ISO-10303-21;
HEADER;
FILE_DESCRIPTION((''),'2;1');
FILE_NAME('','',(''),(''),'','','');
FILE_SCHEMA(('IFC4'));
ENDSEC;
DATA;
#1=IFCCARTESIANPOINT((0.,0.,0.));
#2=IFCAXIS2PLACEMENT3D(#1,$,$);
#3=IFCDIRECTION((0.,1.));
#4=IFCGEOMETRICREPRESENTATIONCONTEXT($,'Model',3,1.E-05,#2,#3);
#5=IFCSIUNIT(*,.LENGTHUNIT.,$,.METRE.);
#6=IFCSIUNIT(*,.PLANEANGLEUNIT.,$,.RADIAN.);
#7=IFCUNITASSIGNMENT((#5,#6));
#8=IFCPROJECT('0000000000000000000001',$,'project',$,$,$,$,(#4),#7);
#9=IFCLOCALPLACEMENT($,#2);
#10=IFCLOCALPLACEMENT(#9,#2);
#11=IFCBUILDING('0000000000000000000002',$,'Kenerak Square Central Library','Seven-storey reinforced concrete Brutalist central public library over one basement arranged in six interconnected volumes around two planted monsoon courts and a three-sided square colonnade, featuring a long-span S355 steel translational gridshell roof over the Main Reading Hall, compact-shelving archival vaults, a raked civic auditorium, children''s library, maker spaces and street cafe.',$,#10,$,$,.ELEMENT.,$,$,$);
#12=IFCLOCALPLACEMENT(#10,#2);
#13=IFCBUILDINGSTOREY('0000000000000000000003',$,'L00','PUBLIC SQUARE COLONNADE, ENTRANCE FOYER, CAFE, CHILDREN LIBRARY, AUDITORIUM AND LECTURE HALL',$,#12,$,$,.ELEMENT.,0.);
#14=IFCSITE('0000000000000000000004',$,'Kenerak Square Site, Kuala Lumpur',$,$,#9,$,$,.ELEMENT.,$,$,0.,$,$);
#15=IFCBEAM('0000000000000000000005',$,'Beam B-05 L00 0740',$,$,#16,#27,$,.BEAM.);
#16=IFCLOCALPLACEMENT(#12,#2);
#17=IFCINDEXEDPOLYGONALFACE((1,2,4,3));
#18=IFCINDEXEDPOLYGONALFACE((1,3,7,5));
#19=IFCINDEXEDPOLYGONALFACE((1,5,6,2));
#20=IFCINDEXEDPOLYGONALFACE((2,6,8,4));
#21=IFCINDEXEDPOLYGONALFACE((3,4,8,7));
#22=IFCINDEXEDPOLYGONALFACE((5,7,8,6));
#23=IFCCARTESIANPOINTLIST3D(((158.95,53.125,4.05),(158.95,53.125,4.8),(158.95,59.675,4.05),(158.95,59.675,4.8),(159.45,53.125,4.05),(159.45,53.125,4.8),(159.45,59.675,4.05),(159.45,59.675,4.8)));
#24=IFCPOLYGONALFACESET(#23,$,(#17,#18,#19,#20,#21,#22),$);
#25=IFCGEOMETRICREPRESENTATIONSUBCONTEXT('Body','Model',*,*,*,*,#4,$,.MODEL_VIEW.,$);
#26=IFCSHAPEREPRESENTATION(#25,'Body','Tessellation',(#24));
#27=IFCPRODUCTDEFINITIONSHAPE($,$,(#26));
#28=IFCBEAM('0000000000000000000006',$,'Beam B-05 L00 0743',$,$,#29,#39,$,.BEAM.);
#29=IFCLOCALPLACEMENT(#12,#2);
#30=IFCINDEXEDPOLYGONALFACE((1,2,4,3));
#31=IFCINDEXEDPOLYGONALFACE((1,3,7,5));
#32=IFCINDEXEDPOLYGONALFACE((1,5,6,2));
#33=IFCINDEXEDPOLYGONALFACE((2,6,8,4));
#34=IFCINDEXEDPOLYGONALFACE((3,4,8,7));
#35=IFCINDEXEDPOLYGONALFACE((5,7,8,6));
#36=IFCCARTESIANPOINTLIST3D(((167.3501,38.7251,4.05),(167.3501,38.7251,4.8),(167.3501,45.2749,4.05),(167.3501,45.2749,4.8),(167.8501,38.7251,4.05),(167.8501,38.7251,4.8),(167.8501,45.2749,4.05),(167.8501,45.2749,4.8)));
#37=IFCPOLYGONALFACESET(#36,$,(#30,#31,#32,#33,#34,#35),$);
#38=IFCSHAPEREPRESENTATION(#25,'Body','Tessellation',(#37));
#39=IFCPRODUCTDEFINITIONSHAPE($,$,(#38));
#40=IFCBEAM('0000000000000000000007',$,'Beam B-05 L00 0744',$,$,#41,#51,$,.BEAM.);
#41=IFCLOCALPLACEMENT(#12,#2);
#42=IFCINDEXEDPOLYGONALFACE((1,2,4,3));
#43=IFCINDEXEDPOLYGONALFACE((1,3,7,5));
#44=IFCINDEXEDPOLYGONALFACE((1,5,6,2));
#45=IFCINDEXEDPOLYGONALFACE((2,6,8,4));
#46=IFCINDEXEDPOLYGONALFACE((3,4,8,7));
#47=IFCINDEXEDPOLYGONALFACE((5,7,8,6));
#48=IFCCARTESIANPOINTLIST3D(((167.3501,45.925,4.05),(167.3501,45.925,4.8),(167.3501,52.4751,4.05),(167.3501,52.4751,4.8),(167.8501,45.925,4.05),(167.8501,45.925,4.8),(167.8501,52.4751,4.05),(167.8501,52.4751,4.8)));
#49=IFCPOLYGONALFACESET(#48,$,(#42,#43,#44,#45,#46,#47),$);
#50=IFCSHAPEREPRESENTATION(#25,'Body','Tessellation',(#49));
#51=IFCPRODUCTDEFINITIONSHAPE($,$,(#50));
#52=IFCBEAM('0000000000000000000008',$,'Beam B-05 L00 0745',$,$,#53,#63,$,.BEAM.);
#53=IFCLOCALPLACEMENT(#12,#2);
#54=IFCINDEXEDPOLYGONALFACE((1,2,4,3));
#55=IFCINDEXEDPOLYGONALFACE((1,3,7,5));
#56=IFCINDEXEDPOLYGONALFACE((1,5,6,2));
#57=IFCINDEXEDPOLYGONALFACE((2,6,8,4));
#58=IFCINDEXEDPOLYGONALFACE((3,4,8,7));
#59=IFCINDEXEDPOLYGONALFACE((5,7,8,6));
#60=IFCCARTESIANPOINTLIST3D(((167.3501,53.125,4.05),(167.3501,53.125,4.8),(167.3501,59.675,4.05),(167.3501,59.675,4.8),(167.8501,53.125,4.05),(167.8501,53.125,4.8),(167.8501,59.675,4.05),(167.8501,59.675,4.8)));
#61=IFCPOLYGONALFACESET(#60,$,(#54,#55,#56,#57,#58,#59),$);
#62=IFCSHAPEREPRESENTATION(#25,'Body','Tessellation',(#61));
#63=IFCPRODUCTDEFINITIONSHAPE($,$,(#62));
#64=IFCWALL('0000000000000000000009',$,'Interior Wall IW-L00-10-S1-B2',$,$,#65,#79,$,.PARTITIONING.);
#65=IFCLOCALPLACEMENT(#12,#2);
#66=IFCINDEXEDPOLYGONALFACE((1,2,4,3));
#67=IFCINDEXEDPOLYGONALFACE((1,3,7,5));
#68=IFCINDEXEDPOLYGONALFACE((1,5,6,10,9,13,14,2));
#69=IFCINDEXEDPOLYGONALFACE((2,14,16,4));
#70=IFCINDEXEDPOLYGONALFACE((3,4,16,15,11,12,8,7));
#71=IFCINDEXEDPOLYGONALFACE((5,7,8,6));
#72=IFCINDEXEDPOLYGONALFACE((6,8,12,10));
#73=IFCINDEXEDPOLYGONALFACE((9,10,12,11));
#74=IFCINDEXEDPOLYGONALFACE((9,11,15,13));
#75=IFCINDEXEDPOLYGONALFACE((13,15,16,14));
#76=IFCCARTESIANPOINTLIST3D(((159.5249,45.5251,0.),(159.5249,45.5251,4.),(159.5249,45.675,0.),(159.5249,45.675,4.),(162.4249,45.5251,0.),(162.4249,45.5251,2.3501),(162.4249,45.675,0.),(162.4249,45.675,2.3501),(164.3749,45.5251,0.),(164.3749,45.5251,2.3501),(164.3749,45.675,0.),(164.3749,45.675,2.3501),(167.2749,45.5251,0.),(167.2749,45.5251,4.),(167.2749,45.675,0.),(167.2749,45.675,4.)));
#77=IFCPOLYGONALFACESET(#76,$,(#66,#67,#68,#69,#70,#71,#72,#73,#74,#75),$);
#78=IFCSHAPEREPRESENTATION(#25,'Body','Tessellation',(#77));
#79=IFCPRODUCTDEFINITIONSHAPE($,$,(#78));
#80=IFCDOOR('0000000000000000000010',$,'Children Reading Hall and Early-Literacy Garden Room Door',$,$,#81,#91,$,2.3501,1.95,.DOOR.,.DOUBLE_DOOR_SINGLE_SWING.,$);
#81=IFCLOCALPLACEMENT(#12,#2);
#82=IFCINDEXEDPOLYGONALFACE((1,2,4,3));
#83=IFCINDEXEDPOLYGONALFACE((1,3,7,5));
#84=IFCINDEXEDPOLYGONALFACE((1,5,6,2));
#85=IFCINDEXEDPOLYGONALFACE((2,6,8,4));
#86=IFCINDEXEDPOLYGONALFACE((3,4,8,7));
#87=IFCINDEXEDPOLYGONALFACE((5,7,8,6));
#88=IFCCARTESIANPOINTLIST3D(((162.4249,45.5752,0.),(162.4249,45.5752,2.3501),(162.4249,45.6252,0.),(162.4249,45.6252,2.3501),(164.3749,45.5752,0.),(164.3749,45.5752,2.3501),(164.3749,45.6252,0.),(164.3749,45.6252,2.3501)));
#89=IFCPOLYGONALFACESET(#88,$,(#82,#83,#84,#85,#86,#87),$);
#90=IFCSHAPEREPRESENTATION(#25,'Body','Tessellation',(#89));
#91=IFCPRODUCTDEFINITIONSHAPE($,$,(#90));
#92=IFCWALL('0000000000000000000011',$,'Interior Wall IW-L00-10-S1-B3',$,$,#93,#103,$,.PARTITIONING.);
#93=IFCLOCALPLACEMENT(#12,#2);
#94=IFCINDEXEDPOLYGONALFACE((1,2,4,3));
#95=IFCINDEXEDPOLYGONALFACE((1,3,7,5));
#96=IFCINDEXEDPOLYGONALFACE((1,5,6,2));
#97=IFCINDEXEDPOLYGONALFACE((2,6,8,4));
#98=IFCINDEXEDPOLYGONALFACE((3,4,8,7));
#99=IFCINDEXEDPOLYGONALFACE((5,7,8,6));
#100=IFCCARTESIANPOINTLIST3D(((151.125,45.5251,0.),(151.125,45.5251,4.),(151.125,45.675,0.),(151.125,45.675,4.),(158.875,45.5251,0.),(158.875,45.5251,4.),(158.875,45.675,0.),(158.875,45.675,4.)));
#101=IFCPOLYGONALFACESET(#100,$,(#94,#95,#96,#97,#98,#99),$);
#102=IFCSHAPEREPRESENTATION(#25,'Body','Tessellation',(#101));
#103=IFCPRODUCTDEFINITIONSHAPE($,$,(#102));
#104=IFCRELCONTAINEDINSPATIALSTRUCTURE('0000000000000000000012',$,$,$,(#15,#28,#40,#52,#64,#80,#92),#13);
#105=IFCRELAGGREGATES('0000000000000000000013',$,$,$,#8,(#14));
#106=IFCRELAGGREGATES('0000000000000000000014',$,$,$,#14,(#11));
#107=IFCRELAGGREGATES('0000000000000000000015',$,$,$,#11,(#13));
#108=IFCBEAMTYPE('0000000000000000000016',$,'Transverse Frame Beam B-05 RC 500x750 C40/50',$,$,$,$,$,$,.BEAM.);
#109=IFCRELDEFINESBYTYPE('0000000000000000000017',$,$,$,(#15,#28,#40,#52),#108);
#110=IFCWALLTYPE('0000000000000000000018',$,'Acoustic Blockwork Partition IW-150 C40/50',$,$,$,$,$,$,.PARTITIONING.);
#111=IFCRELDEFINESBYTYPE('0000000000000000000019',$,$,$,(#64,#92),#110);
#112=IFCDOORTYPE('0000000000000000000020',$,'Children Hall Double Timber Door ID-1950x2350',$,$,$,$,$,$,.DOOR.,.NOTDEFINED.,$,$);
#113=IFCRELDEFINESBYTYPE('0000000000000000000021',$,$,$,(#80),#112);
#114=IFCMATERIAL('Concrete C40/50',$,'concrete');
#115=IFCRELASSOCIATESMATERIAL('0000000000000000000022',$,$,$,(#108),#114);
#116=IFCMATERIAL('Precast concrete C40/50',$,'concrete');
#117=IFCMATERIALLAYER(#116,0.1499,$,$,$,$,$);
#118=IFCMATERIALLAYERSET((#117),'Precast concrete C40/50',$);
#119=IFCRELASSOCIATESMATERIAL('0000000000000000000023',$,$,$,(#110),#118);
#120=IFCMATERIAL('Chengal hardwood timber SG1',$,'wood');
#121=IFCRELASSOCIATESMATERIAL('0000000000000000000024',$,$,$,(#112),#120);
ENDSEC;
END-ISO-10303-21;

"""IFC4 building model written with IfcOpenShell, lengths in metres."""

from ifc_helpers import new_model, si_unit, direction, frame, frame_2d, origin, origin_2d, place, context, subcontext, project, spatial, rectangle, extrude, material, layer, layer_set, material_profile, profile_set, type_object, element, fill, save


model = new_model("IFC4")

# Units and contexts
model_context = context("Model", 3, precision=1e-05, world=origin(), true_north=direction((0.0, 1.0)))
body_context = subcontext(model_context, "Body", "Model", "MODEL_VIEW")
ifc_project = project(units=[si_unit("LENGTHUNIT", "METRE"), si_unit("PLANEANGLEUNIT", "RADIAN")], contexts=[model_context])

# Site, building, storey
site_placement = place(None, origin())
site = spatial("IfcSite", under=ifc_project, at=site_placement, Name="Kenerak Square Site, Kuala Lumpur", CompositionType="ELEMENT", RefElevation=0.0)
building_placement = place(site_placement, origin())
building = spatial("IfcBuilding", under=site, at=building_placement, Name="Kenerak Square Central Library", Description="Seven-storey reinforced concrete Brutalist central public library over one basement arranged in six interconnected volumes around two planted monsoon courts and a three-sided square colonnade, featuring a long-span S355 steel translational gridshell roof over the Main Reading Hall, compact-shelving archival vaults, a raked civic auditorium, children's library, maker spaces and street cafe.", CompositionType="ELEMENT")
storey_placement = place(building_placement, origin())
storey = spatial("IfcBuildingStorey", under=building, at=storey_placement, Name="L00", Description="PUBLIC SQUARE COLONNADE, ENTRANCE FOYER, CAFE, CHILDREN LIBRARY, AUDITORIUM AND LECTURE HALL", CompositionType="ELEMENT", Elevation=0.0)

# Shared definitions
ifc_material_1 = material(Name="Concrete C40/50", Category="concrete")

# Beams
ifc_material_profile_1 = material_profile(ifc_material_1, rectangle(XDim=0.5, YDim=0.75, at=origin_2d()), Name="RC 500x750")
ifc_profile_set_1 = profile_set([ifc_material_profile_1], Name="Concrete C40/50")
beam_type_1 = type_object("IfcBeamType", Name="Transverse Frame Beam B-05 RC 500x750 C40/50", PredefinedType="BEAM", material=ifc_profile_set_1)
for number, where, z_axis, x_axis, name in (
    (1, (159.2, 53.125, 4.425), (0.0, 1.0, 0.0), (-1.0, 0.0, 0.0), "Beam B-05 L00 0740"),
):
    element("IfcBeam", number, at=place(storey_placement, frame(where, z_axis=z_axis, x_axis=x_axis)), inside=storey, type_object=beam_type_1, Name=name, PredefinedType="BEAM", context=body_context, shape_type="SweptSolid", body=[
        extrude(rectangle(XDim=0.5, YDim=0.75, at=origin_2d()), origin(), (0.0, 0.0, 1.0), 6.55),
    ])
beam_1_placement = place(storey_placement, frame((167.6001, 38.7251, 4.425), z_axis=(0.0, 1.0, 0.0), x_axis=(-1.0, 0.0, 0.0)))
element("IfcBeam", 2, at=beam_1_placement, inside=storey, type_object=beam_type_1, Name="Beam B-05 L00 0743", PredefinedType="BEAM", context=body_context, shape_type="SweptSolid", body=[
    extrude(rectangle(XDim=0.5, YDim=0.75, at=origin_2d()), origin(), (0.0, 0.0, 1.0), 6.5498),
])
for number, where, z_axis, x_axis, name in (
    (3, (167.6001, 45.925, 4.425), (0.0, 1.0, 0.0), (-1.0, 0.0, 0.0), "Beam B-05 L00 0744"),
    (4, (167.6001, 53.125, 4.425), (0.0, 1.0, 0.0), (-1.0, 0.0, 0.0), "Beam B-05 L00 0745"),
):
    element("IfcBeam", number, at=place(storey_placement, frame(where, z_axis=z_axis, x_axis=x_axis)), inside=storey, type_object=beam_type_1, Name=name, PredefinedType="BEAM", context=body_context, shape_type="SweptSolid", body=[
        extrude(rectangle(XDim=0.5, YDim=0.75, at=origin_2d()), origin(), (0.0, 0.0, 1.0), 6.55),
    ])

# Wall, opening, door
ifc_material_2 = material(Name="Precast concrete C40/50", Category="concrete")
ifc_layer = layer(ifc_material_2, 0.1499)
ifc_layer_set = layer_set([ifc_layer], Name="Precast concrete C40/50")
wall_type = type_object("IfcWallType", Name="Acoustic Blockwork Partition IW-150 C40/50", PredefinedType="PARTITIONING", material=ifc_layer_set)
wall_1_placement = place(storey_placement, frame((167.2749, 45.6001, 0.0), z_axis=(0.0, 0.0, 1.0), x_axis=(-1.0, 0.0, 0.0)))
wall_1 = element("IfcWall", 5, at=wall_1_placement, inside=storey, type_object=wall_type, Name="Interior Wall IW-L00-10-S1-B2", PredefinedType="PARTITIONING", context=body_context, shape_type="SweptSolid", body=[
    extrude(rectangle(XDim=7.75, YDim=0.1499, at=frame_2d((3.875, 0.0))), origin(), (0.0, 0.0, 1.0), 4.0),
])
opening_placement = place(wall_1_placement, frame((2.8999, 0.0, 0.0)))
opening = element("IfcOpeningElement", 6, at=opening_placement, cuts=wall_1, PredefinedType="OPENING", context=body_context, shape_type="SweptSolid", body=[
    extrude(rectangle(XDim=1.95, YDim=2.3501, at=frame_2d((0.9751, 1.175))), frame((0.0, 0.085, 0.0), z_axis=(0.0, -1.0, 0.0), x_axis=(1.0, 0.0, 0.0)), (0.0, 0.0, 1.0), 0.1699),
])
ifc_material_3 = material(Name="Chengal hardwood timber SG1", Category="wood")
door_type = type_object("IfcDoorType", Name="Children Hall Double Timber Door ID-1950x2350", OperationType="NOTDEFINED", PredefinedType="DOOR", material=ifc_material_3)
door_placement = place(opening_placement, origin())
door = element("IfcDoor", 7, at=door_placement, inside=storey, type_object=door_type, Name="Children Reading Hall and Early-Literacy Garden Room Door", OperationType="DOUBLE_DOOR_SINGLE_SWING", OverallHeight=2.3501, OverallWidth=1.95, PredefinedType="DOOR", context=body_context, shape_type="SweptSolid", body=[
    extrude(rectangle(XDim=1.95, YDim=2.3501, at=frame_2d((0.9751, 1.175))), frame((0.0, 0.0249, 0.0), z_axis=(0.0, -1.0, 0.0), x_axis=(1.0, 0.0, 0.0)), (0.0, 0.0, 1.0), 0.05),
])
fill(opening, door)

# Wall
wall_2_placement = place(storey_placement, frame((158.875, 45.6001, 0.0), z_axis=(0.0, 0.0, 1.0), x_axis=(-1.0, 0.0, 0.0)))
element("IfcWall", 8, at=wall_2_placement, inside=storey, type_object=wall_type, Name="Interior Wall IW-L00-10-S1-B3", PredefinedType="PARTITIONING", context=body_context, shape_type="SweptSolid", body=[
    extrude(rectangle(XDim=7.75, YDim=0.1499, at=frame_2d((3.875, 0.0))), origin(), (0.0, 0.0, 1.0), 4.0),
])

save(model, "model.ifc")
